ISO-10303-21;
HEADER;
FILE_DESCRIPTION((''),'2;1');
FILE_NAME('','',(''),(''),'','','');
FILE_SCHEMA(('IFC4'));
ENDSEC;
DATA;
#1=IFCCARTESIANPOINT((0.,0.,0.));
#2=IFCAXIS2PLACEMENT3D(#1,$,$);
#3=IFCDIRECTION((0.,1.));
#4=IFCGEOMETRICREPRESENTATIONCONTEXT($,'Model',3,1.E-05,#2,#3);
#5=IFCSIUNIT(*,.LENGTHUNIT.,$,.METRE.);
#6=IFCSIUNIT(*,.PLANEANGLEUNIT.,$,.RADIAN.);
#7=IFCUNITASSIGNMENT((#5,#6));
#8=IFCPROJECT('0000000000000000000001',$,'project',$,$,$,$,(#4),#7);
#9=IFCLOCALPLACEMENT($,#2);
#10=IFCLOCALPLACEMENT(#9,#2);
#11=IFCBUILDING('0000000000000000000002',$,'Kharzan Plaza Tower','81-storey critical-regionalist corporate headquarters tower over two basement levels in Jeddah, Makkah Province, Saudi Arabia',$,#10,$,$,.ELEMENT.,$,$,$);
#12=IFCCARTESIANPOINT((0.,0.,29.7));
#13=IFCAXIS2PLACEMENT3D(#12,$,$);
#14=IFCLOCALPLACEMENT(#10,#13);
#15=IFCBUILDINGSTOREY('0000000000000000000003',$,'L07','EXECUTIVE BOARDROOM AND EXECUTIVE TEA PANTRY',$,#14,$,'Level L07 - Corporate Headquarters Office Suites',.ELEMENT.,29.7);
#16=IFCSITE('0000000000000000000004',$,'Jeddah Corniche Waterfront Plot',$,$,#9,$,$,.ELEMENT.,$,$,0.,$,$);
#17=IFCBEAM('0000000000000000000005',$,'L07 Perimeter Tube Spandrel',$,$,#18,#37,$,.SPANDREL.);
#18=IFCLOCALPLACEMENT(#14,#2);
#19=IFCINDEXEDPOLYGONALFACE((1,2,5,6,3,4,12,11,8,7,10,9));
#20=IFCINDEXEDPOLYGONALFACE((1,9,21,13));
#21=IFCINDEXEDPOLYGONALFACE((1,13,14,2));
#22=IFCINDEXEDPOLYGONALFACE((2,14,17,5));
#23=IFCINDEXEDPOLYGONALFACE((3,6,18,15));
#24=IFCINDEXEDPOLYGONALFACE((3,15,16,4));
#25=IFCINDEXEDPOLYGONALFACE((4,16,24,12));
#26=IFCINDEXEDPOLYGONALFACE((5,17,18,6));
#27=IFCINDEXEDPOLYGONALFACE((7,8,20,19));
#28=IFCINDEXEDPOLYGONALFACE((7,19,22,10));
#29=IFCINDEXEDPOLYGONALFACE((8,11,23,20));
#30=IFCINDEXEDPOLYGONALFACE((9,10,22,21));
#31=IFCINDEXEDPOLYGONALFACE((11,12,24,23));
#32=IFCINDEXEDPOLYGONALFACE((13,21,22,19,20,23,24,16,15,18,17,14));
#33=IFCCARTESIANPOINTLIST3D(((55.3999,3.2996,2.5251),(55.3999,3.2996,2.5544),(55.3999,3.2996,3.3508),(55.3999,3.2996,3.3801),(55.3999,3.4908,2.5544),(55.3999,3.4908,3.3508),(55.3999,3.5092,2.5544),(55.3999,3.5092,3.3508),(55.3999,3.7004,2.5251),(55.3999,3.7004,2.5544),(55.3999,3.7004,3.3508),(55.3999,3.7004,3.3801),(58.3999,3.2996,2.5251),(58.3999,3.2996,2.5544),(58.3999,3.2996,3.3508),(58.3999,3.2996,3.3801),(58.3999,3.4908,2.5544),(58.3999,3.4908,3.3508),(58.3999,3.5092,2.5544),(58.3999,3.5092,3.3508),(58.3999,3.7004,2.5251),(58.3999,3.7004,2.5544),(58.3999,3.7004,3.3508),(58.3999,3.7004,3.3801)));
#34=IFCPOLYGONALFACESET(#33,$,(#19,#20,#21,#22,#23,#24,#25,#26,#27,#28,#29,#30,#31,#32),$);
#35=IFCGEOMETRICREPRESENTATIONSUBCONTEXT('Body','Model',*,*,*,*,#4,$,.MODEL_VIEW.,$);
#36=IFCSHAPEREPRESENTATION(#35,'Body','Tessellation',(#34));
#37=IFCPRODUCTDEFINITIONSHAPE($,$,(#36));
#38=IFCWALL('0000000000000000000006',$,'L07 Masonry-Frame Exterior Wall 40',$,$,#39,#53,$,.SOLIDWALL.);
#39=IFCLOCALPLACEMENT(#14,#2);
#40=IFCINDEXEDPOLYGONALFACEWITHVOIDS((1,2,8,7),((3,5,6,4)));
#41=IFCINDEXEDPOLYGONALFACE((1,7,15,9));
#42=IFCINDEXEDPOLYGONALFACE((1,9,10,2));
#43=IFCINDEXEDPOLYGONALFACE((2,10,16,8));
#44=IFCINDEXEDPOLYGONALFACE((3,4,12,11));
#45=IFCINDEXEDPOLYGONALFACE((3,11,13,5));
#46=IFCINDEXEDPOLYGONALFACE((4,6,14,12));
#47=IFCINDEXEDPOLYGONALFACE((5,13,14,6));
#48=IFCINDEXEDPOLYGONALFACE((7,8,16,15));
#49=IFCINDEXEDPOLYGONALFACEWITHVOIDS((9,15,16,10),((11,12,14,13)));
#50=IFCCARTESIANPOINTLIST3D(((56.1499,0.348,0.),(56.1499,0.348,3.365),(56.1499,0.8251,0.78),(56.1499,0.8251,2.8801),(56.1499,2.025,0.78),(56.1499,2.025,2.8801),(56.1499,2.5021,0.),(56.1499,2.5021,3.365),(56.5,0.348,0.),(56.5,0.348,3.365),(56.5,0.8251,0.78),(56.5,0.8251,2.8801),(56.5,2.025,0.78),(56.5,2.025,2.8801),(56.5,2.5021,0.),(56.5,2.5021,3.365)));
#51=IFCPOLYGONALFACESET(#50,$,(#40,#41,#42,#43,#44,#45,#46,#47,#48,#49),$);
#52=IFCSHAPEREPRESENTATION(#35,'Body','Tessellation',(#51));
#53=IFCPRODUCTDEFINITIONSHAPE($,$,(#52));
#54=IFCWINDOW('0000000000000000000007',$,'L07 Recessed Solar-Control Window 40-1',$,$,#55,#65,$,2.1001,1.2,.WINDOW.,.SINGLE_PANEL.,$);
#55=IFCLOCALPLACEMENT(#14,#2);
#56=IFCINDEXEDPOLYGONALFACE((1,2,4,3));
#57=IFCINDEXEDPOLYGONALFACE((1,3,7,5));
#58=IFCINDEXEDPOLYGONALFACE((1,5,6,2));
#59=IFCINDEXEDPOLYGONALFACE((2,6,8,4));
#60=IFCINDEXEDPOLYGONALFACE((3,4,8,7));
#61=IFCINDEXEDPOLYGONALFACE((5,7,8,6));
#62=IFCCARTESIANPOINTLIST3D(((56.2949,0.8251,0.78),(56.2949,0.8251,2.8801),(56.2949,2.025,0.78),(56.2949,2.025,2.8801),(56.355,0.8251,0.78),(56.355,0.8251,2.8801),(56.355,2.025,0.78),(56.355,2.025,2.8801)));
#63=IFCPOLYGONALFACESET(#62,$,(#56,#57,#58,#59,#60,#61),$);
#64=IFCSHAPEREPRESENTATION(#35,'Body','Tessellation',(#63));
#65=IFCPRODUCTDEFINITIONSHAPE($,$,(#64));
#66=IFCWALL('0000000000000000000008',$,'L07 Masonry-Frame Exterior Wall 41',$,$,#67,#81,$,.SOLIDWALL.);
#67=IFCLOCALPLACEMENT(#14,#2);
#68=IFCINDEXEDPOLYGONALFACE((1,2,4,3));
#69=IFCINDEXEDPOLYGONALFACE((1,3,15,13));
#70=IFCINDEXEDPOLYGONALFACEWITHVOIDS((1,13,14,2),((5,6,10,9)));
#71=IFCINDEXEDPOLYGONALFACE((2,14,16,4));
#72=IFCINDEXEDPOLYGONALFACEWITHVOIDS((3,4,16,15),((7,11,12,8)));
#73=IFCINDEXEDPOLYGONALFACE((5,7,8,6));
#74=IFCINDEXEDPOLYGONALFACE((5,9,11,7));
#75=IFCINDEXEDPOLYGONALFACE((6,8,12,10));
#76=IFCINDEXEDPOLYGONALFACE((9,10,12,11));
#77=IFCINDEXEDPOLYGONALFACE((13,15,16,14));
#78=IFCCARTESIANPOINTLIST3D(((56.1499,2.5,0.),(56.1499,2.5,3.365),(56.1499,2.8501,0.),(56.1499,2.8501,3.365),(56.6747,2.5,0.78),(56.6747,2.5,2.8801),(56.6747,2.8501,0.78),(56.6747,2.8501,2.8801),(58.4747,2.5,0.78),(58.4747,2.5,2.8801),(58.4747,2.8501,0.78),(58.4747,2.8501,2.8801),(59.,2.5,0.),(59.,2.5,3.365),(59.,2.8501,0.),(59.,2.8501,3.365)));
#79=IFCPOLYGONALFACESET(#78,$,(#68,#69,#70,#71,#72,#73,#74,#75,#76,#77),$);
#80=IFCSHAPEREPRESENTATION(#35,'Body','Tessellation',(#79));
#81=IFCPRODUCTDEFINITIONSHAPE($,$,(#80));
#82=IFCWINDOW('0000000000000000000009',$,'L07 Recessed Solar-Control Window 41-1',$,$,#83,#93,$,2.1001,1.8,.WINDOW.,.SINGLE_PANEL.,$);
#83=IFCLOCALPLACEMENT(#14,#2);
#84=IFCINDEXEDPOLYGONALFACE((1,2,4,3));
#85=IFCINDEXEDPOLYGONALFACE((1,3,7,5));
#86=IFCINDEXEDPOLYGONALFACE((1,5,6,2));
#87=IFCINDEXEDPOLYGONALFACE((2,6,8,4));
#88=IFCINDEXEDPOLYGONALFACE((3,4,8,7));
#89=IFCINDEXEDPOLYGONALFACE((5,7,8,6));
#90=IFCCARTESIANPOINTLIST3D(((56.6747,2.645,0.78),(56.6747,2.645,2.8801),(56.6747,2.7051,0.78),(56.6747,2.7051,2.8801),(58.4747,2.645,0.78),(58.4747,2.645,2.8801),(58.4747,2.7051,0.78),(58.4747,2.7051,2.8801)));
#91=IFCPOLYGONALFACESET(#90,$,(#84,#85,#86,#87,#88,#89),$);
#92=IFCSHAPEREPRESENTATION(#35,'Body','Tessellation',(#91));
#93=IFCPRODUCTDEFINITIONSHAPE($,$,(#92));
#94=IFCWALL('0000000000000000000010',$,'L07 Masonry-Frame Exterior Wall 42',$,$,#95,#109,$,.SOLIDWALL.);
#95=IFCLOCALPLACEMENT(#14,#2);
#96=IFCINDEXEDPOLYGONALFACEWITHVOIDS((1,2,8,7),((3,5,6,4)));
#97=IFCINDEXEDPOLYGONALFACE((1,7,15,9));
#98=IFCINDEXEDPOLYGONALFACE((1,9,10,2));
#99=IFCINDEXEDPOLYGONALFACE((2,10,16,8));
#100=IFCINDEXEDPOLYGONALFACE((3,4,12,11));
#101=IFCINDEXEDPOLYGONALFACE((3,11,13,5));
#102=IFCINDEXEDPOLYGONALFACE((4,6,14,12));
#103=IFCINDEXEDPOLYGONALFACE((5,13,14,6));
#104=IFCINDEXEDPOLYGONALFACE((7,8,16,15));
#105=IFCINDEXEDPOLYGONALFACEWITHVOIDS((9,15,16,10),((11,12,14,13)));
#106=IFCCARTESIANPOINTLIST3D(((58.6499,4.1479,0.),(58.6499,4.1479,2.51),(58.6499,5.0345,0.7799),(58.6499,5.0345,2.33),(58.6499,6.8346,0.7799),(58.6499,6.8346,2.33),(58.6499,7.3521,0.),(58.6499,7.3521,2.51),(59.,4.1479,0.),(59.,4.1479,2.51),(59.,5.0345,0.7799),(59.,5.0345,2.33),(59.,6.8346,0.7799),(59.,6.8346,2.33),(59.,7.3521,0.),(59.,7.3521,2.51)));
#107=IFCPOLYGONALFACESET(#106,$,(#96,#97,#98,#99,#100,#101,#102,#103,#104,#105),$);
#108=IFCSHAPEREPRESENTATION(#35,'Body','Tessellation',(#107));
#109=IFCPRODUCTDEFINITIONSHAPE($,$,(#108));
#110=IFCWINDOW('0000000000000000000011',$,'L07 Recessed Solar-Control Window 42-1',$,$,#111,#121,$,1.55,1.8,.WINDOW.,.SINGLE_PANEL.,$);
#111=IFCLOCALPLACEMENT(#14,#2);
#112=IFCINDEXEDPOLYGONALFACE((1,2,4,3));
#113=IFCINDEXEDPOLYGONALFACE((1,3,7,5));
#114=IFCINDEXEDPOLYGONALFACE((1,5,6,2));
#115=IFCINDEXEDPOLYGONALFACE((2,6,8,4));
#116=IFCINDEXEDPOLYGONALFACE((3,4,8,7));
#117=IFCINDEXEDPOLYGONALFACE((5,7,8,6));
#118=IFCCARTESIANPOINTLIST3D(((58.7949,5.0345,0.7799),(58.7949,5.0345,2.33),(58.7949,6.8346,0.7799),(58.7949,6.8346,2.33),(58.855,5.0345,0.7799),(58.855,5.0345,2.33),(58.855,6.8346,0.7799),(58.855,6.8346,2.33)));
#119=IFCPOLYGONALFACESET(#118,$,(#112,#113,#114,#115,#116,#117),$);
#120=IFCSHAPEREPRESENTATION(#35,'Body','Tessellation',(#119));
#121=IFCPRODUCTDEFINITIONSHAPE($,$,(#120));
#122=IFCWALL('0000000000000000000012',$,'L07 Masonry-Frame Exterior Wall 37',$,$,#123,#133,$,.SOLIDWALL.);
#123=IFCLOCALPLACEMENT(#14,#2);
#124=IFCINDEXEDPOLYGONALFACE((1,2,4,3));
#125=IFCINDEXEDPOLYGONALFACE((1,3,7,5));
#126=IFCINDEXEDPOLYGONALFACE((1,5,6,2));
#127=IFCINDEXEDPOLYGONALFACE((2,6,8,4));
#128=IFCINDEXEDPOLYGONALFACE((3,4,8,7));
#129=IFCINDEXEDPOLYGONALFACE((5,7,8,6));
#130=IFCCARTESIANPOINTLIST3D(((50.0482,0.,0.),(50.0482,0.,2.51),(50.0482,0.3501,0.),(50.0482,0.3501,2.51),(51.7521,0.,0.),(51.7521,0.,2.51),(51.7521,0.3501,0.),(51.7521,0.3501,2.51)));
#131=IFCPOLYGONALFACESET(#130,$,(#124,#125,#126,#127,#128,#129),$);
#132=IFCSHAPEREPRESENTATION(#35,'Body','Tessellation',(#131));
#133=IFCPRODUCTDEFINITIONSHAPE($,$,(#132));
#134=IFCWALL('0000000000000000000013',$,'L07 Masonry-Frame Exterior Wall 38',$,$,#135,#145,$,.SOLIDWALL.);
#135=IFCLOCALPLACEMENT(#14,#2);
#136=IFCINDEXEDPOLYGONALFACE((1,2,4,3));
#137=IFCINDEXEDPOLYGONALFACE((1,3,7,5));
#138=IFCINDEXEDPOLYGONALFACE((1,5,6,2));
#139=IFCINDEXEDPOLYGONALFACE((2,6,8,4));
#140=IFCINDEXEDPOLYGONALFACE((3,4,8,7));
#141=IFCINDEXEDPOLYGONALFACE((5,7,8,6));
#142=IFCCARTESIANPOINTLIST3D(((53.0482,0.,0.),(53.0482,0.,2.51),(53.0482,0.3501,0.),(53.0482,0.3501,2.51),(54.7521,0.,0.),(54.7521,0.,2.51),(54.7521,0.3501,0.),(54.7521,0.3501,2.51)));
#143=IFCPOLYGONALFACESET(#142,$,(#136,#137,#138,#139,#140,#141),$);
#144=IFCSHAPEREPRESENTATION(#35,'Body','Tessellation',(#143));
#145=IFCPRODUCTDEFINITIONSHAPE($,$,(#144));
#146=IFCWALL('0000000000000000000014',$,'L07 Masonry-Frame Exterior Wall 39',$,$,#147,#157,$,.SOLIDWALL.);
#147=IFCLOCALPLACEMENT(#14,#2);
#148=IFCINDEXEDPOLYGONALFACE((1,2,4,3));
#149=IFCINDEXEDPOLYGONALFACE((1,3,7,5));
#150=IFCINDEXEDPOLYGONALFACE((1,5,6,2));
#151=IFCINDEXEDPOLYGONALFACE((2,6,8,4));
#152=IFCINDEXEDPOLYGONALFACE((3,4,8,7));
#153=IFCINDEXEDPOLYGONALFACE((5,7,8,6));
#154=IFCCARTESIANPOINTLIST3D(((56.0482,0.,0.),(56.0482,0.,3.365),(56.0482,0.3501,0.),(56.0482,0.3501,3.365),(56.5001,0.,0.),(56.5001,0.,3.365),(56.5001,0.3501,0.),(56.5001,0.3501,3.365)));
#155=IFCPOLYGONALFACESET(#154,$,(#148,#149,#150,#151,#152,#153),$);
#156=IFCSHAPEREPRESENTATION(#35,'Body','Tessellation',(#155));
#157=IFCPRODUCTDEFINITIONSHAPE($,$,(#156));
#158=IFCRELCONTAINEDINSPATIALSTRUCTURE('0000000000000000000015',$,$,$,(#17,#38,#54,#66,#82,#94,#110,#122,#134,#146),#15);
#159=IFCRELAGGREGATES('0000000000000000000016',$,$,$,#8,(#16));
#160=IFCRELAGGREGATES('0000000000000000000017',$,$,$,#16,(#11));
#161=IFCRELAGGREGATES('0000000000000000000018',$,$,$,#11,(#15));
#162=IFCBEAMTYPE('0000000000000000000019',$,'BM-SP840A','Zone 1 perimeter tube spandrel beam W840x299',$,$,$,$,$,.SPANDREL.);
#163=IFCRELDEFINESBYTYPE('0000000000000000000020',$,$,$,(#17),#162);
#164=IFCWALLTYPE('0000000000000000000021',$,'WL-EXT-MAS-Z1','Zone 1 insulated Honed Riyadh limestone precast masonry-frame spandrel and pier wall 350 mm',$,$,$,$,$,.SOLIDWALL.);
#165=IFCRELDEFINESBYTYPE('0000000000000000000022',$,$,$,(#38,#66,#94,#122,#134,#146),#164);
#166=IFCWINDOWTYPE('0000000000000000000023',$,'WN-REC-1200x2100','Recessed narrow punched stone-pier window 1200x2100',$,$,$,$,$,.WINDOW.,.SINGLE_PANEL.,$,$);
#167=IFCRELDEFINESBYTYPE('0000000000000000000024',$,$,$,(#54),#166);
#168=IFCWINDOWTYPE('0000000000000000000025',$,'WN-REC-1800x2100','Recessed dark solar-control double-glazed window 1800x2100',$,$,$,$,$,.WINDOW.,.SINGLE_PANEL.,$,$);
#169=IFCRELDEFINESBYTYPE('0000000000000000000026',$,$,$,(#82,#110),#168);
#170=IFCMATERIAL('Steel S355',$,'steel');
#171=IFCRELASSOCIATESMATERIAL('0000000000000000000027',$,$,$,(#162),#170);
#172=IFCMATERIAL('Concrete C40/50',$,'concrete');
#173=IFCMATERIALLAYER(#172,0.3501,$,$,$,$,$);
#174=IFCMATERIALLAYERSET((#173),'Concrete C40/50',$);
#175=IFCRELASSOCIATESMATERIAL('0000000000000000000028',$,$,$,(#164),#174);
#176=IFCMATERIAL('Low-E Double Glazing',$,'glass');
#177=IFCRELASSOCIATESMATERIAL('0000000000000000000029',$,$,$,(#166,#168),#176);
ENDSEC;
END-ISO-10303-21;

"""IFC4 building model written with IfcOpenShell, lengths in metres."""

from ifc_helpers import new_model, si_unit, direction, frame, frame_2d, origin, origin_2d, place, context, subcontext, project, spatial, rectangle, i_section, extrude, source, transform, mapped, material, layer, layer_set, material_profile, profile_set, type_object, element, fill, save


model = new_model("IFC4")

# Units and contexts
model_context = context("Model", 3, precision=1e-05, world=origin(), true_north=direction((0.0, 1.0)))
body_context = subcontext(model_context, "Body", "Model", "MODEL_VIEW")
ifc_project = project(units=[si_unit("LENGTHUNIT", "METRE"), si_unit("PLANEANGLEUNIT", "RADIAN")], contexts=[model_context])

# Site, building, storey
site_placement = place(None, origin())
site = spatial("IfcSite", under=ifc_project, at=site_placement, Name="Jeddah Corniche Waterfront Plot", CompositionType="ELEMENT", RefElevation=0.0)
building_placement = place(site_placement, origin())
building = spatial("IfcBuilding", under=site, at=building_placement, Name="Kharzan Plaza Tower", Description="81-storey critical-regionalist corporate headquarters tower over two basement levels in Jeddah, Makkah Province, Saudi Arabia", CompositionType="ELEMENT")
storey_placement = place(building_placement, frame((0.0, 0.0, 29.7)))
storey = spatial("IfcBuildingStorey", under=building, at=storey_placement, Name="L07", Description="EXECUTIVE BOARDROOM AND EXECUTIVE TEA PANTRY", LongName="Level L07 - Corporate Headquarters Office Suites", CompositionType="ELEMENT", Elevation=29.7)

# Beam
ifc_material_1 = material(Name="Steel S355", Category="steel")
ifc_material_profile_1 = material_profile(ifc_material_1, i_section(OverallWidth=0.4009, OverallDepth=0.855, WebThickness=0.0183, FlangeThickness=0.0293, at=origin_2d()), Name="W840x299")
ifc_profile_set_1 = profile_set([ifc_material_profile_1], Name="Steel S355")
beam_type_1 = type_object("IfcBeamType", Name="BM-SP840A", Description="Zone 1 perimeter tube spandrel beam W840x299", PredefinedType="SPANDREL", material=ifc_profile_set_1)
shared_shape_1 = source(origin(), body_context, "Body", "SweptSolid", [
    extrude(i_section(OverallWidth=0.4009, OverallDepth=0.855, WebThickness=0.0183, FlangeThickness=0.0293, at=origin_2d()), origin(), (0.0, 0.0, 1.0), 3.0),
])
for number, where, z_axis, x_axis, name in (
    (1, (55.3999, 3.5, 2.9526), (1.0, 0.0, 0.0), (0.0, 1.0, 0.0), "L07 Perimeter Tube Spandrel"),
):
    element("IfcBeam", number, at=place(storey_placement, frame(where, z_axis=z_axis, x_axis=x_axis)), inside=storey, type_object=beam_type_1, Name=name, PredefinedType="SPANDREL", context=body_context, shape_type="MappedRepresentation", body=[
        mapped(shared_shape_1, transform((0.0, 0.0, 0.0), x_axis=(1.0, 0.0, 0.0), y_axis=(0.0, 1.0, 0.0), z_axis=(0.0, 0.0, 1.0))),
    ])

# Walls, openings, windows
ifc_material_2 = material(Name="Concrete C40/50", Category="concrete")
ifc_layer = layer(ifc_material_2, 0.3501)
ifc_layer_set = layer_set([ifc_layer], Name="Concrete C40/50")
wall_type = type_object("IfcWallType", Name="WL-EXT-MAS-Z1", Description="Zone 1 insulated Honed Riyadh limestone precast masonry-frame spandrel and pier wall 350 mm", PredefinedType="SOLIDWALL", material=ifc_layer_set)
wall_1_placement = place(storey_placement, frame((56.325, 0.3479, 0.0), z_axis=(0.0, 0.0, 1.0), x_axis=(0.0, 1.0, 0.0)))
wall_1 = element("IfcWall", 2, at=wall_1_placement, inside=storey, type_object=wall_type, Name="L07 Masonry-Frame Exterior Wall 40", PredefinedType="SOLIDWALL", context=body_context, shape_type="SweptSolid", body=[
    extrude(rectangle(XDim=2.1541, YDim=0.3501, at=frame_2d((1.0771, 0.0))), origin(), (0.0, 0.0, 1.0), 3.365),
])
opening_1_placement = place(wall_1_placement, frame((0.4771, 0.0, 0.78)))
opening_1 = element("IfcOpeningElement", 3, at=opening_1_placement, cuts=wall_1, PredefinedType="OPENING", context=body_context, shape_type="SweptSolid", body=[
    extrude(rectangle(XDim=1.2, YDim=2.1001, at=frame_2d((0.6001, 1.05))), frame((0.0, 0.1851, 0.0), z_axis=(0.0, -1.0, 0.0), x_axis=(1.0, 0.0, 0.0)), (0.0, 0.0, 1.0), 0.3701),
])
ifc_material_3 = material(Name="Low-E Double Glazing", Category="glass")
window_type_1 = type_object("IfcWindowType", Name="WN-REC-1200x2100", Description="Recessed narrow punched stone-pier window 1200x2100", PartitioningType="SINGLE_PANEL", PredefinedType="WINDOW", material=ifc_material_3)
shared_shape_2 = source(origin(), body_context, "Body", "SweptSolid", [
    extrude(rectangle(XDim=1.2, YDim=2.1001, at=frame_2d((0.6001, 1.05))), frame((0.0, 0.03, 0.0), z_axis=(0.0, -1.0, 0.0), x_axis=(1.0, 0.0, 0.0)), (0.0, 0.0, 1.0), 0.0601),
])
window_1_placement = place(opening_1_placement, origin())
window_1 = element("IfcWindow", 4, at=window_1_placement, inside=storey, type_object=window_type_1, Name="L07 Recessed Solar-Control Window 40-1", OverallHeight=2.1001, OverallWidth=1.2, PartitioningType="SINGLE_PANEL", PredefinedType="WINDOW", context=body_context, shape_type="MappedRepresentation", body=[
    mapped(shared_shape_2, transform((0.0, 0.0, 0.0), x_axis=(1.0, 0.0, 0.0), y_axis=(0.0, 1.0, 0.0), z_axis=(0.0, 0.0, 1.0))),
])
fill(opening_1, window_1)
wall_2_placement = place(storey_placement, frame((56.1499, 2.675, 0.0), z_axis=(0.0, 0.0, 1.0), x_axis=(1.0, 0.0, 0.0)))
wall_2 = element("IfcWall", 5, at=wall_2_placement, inside=storey, type_object=wall_type, Name="L07 Masonry-Frame Exterior Wall 41", PredefinedType="SOLIDWALL", context=body_context, shape_type="SweptSolid", body=[
    extrude(rectangle(XDim=2.8501, YDim=0.3501, at=frame_2d((1.425, 0.0))), origin(), (0.0, 0.0, 1.0), 3.365),
])
opening_2_placement = place(wall_2_placement, frame((0.5249, 0.0, 0.78)))
opening_2 = element("IfcOpeningElement", 6, at=opening_2_placement, cuts=wall_2, PredefinedType="OPENING", context=body_context, shape_type="SweptSolid", body=[
    extrude(rectangle(XDim=1.8, YDim=2.1001, at=frame_2d((0.8999, 1.05))), frame((0.0, 0.1851, 0.0), z_axis=(0.0, -1.0, 0.0), x_axis=(1.0, 0.0, 0.0)), (0.0, 0.0, 1.0), 0.3701),
])
window_type_2 = type_object("IfcWindowType", Name="WN-REC-1800x2100", Description="Recessed dark solar-control double-glazed window 1800x2100", PartitioningType="SINGLE_PANEL", PredefinedType="WINDOW", material=ifc_material_3)
shared_shape_3 = source(origin(), body_context, "Body", "SweptSolid", [
    extrude(rectangle(XDim=1.8, YDim=2.1001, at=frame_2d((0.8999, 1.05))), frame((0.0, 0.03, 0.0), z_axis=(0.0, -1.0, 0.0), x_axis=(1.0, 0.0, 0.0)), (0.0, 0.0, 1.0), 0.0601),
])
window_2_placement = place(opening_2_placement, origin())
window_2 = element("IfcWindow", 7, at=window_2_placement, inside=storey, type_object=window_type_2, Name="L07 Recessed Solar-Control Window 41-1", OverallHeight=2.1001, OverallWidth=1.8, PartitioningType="SINGLE_PANEL", PredefinedType="WINDOW", context=body_context, shape_type="MappedRepresentation", body=[
    mapped(shared_shape_3, transform((0.0, 0.0, 0.0), x_axis=(1.0, 0.0, 0.0), y_axis=(0.0, 1.0, 0.0), z_axis=(0.0, 0.0, 1.0))),
])
fill(opening_2, window_2)
wall_3_placement = place(storey_placement, frame((58.825, 4.1479, 0.0), z_axis=(0.0, 0.0, 1.0), x_axis=(0.0, 1.0, 0.0)))
wall_3 = element("IfcWall", 8, at=wall_3_placement, inside=storey, type_object=wall_type, Name="L07 Masonry-Frame Exterior Wall 42", PredefinedType="SOLIDWALL", context=body_context, shape_type="SweptSolid", body=[
    extrude(rectangle(XDim=3.2041, YDim=0.3501, at=frame_2d((1.6021, 0.0))), origin(), (0.0, 0.0, 1.0), 2.51),
])
opening_3_placement = place(wall_3_placement, frame((0.8867, 0.0, 0.78)))
opening_3 = element("IfcOpeningElement", 9, at=opening_3_placement, cuts=wall_3, PredefinedType="OPENING", context=body_context, shape_type="SweptSolid", body=[
    extrude(rectangle(XDim=1.8, YDim=1.55, at=frame_2d((0.8999, 0.7749))), frame((0.0, 0.1851, 0.0), z_axis=(0.0, -1.0, 0.0), x_axis=(1.0, 0.0, 0.0)), (0.0, 0.0, 1.0), 0.3701),
])
shared_shape_4 = source(origin(), body_context, "Body", "SweptSolid", [
    extrude(rectangle(XDim=1.8, YDim=1.55, at=frame_2d((0.8999, 0.7749))), frame((0.0, 0.03, 0.0), z_axis=(0.0, -1.0, 0.0), x_axis=(1.0, 0.0, 0.0)), (0.0, 0.0, 1.0), 0.0601),
])
window_3_placement = place(opening_3_placement, origin())
window_3 = element("IfcWindow", 10, at=window_3_placement, inside=storey, type_object=window_type_2, Name="L07 Recessed Solar-Control Window 42-1", OverallHeight=1.55, OverallWidth=1.8, PartitioningType="SINGLE_PANEL", PredefinedType="WINDOW", context=body_context, shape_type="MappedRepresentation", body=[
    mapped(shared_shape_4, transform((0.0, 0.0, 0.0), x_axis=(1.0, 0.0, 0.0), y_axis=(0.0, 1.0, 0.0), z_axis=(0.0, 0.0, 1.0))),
])
fill(opening_3, window_3)

# Walls
shared_shape_5 = source(origin(), body_context, "Body", "SweptSolid", [
    extrude(rectangle(XDim=1.7039, YDim=0.3501, at=frame_2d((0.8521, 0.0))), origin(), (0.0, 0.0, 1.0), 2.51),
])
for number, where, z_axis, x_axis, name in (
    (11, (50.0481, 0.175, 0.0), (0.0, 0.0, 1.0), (1.0, 0.0, 0.0), "L07 Masonry-Frame Exterior Wall 37"),
    (12, (53.0481, 0.175, 0.0), (0.0, 0.0, 1.0), (1.0, 0.0, 0.0), "L07 Masonry-Frame Exterior Wall 38"),
):
    element("IfcWall", number, at=place(storey_placement, frame(where, z_axis=z_axis, x_axis=x_axis)), inside=storey, type_object=wall_type, Name=name, PredefinedType="SOLIDWALL", context=body_context, shape_type="MappedRepresentation", body=[
        mapped(shared_shape_5, transform((0.0, 0.0, 0.0), x_axis=(1.0, 0.0, 0.0), y_axis=(0.0, 1.0, 0.0), z_axis=(0.0, 0.0, 1.0))),
    ])
shared_shape_6 = source(origin(), body_context, "Body", "SweptSolid", [
    extrude(rectangle(XDim=0.4519, YDim=0.3501, at=frame_2d((0.2261, 0.0))), origin(), (0.0, 0.0, 1.0), 3.365),
])
wall_4_placement = place(storey_placement, frame((56.0481, 0.175, 0.0), z_axis=(0.0, 0.0, 1.0), x_axis=(1.0, 0.0, 0.0)))
element("IfcWall", 13, at=wall_4_placement, inside=storey, type_object=wall_type, Name="L07 Masonry-Frame Exterior Wall 39", PredefinedType="SOLIDWALL", context=body_context, shape_type="MappedRepresentation", body=[
    mapped(shared_shape_6, transform((0.0, 0.0, 0.0), x_axis=(1.0, 0.0, 0.0), y_axis=(0.0, 1.0, 0.0), z_axis=(0.0, 0.0, 1.0))),
])

save(model, "model.ifc")
